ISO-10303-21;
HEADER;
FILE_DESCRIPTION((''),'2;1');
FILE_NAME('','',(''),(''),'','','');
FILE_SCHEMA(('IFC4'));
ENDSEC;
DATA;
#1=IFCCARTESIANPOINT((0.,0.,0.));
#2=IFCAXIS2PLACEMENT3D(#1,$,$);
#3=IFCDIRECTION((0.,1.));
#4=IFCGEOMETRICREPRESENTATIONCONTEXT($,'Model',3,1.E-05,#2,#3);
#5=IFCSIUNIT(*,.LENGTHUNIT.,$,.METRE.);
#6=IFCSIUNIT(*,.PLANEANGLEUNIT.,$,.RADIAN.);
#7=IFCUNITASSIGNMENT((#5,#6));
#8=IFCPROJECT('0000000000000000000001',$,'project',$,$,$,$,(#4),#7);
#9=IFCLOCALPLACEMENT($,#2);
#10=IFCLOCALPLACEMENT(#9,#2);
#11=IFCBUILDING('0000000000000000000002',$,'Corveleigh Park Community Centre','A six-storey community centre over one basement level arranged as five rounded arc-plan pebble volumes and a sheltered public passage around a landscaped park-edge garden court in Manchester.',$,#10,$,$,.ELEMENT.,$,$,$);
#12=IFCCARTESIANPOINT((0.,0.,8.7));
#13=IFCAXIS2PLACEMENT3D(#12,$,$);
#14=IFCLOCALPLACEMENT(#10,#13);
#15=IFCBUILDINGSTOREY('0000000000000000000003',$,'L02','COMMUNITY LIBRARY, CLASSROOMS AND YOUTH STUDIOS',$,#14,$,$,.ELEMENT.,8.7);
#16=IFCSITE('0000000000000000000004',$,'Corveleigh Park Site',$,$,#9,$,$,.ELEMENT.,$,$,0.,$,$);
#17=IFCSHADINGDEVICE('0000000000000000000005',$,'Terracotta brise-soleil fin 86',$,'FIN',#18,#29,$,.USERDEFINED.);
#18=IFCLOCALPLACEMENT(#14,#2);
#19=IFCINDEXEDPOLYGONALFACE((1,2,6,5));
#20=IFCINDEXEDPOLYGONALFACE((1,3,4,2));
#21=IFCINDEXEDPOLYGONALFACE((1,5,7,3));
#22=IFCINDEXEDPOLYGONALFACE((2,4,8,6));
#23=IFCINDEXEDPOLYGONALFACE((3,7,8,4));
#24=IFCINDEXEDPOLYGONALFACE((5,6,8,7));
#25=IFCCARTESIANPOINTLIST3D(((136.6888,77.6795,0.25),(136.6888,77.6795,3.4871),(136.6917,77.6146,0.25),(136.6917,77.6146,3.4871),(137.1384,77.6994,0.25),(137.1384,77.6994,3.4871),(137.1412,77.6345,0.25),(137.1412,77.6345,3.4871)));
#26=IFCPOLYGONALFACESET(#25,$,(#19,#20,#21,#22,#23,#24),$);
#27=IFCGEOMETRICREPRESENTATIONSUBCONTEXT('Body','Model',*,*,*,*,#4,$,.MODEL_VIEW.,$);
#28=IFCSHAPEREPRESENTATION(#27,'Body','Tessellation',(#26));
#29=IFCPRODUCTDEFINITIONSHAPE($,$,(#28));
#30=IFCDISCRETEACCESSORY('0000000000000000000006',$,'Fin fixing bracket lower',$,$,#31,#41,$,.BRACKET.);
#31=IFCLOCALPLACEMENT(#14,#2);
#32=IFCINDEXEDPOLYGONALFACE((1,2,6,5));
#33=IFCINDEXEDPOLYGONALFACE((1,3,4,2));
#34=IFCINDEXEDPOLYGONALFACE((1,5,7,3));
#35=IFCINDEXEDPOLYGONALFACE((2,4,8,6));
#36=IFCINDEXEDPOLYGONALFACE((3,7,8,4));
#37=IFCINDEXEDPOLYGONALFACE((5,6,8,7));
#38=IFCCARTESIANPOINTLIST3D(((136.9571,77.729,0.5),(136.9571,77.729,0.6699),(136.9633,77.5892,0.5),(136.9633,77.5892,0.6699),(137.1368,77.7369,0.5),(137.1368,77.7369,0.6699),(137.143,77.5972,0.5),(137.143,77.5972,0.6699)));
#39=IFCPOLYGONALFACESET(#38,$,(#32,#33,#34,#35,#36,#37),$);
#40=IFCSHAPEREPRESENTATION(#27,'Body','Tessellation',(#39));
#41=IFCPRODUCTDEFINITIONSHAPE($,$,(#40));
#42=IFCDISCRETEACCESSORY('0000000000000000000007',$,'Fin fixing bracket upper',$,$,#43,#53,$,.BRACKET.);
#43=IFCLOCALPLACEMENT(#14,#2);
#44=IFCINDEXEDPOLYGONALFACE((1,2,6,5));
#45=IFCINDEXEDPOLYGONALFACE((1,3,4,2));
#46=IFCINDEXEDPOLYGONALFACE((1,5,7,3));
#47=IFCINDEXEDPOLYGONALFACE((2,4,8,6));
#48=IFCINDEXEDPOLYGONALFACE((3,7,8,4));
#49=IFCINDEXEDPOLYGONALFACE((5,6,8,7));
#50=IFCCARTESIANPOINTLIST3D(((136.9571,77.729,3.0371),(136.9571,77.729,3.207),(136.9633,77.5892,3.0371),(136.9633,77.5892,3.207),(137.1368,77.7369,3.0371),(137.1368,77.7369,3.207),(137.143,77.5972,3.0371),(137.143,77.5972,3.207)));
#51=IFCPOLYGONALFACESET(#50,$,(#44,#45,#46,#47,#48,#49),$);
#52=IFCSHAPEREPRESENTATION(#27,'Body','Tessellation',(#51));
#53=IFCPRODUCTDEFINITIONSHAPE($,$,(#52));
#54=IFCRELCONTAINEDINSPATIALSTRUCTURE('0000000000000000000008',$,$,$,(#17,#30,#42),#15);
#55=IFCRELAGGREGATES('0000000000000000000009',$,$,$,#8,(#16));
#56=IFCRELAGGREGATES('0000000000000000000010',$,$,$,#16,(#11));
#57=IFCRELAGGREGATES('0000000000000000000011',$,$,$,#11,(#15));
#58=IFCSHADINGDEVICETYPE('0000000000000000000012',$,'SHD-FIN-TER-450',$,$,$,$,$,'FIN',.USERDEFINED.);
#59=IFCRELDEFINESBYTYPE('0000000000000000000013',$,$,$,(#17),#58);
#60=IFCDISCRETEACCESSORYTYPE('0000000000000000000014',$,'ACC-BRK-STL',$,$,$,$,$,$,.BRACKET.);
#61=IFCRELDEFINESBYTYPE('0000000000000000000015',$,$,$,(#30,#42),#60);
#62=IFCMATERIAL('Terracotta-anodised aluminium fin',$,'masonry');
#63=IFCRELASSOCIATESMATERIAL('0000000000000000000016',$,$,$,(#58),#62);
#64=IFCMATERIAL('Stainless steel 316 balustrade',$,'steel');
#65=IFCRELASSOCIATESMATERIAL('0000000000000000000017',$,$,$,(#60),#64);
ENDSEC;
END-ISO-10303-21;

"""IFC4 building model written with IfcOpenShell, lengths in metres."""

from ifc_helpers import new_model, si_unit, direction, frame, origin, origin_2d, place, context, subcontext, project, spatial, rectangle, extrude, material, type_object, element, save


model = new_model("IFC4")

# Units and contexts
model_context = context("Model", 3, precision=1e-05, world=origin(), true_north=direction((0.0, 1.0)))
body_context = subcontext(model_context, "Body", "Model", "MODEL_VIEW")
ifc_project = project(units=[si_unit("LENGTHUNIT", "METRE"), si_unit("PLANEANGLEUNIT", "RADIAN")], contexts=[model_context])

# Site, building, storey
site_placement = place(None, origin())
site = spatial("IfcSite", under=ifc_project, at=site_placement, Name="Corveleigh Park Site", CompositionType="ELEMENT", RefElevation=0.0)
building_placement = place(site_placement, origin())
building = spatial("IfcBuilding", under=site, at=building_placement, Name="Corveleigh Park Community Centre", Description="A six-storey community centre over one basement level arranged as five rounded arc-plan pebble volumes and a sheltered public passage around a landscaped park-edge garden court in Manchester.", CompositionType="ELEMENT")
storey_placement = place(building_placement, frame((0.0, 0.0, 8.7)))
storey = spatial("IfcBuildingStorey", under=building, at=storey_placement, Name="L02", Description="COMMUNITY LIBRARY, CLASSROOMS AND YOUTH STUDIOS", CompositionType="ELEMENT", Elevation=8.7)

# Shading device
ifc_material_1 = material(Name="Terracotta-anodised aluminium fin", Category="masonry")
shading_device_type = type_object("IfcShadingDeviceType", Name="SHD-FIN-TER-450", ElementType="FIN", PredefinedType="USERDEFINED", material=ifc_material_1)
shading_device_placement = place(storey_placement, frame((136.915, 77.657, 0.25), z_axis=(0.0, 0.0, 1.0), x_axis=(-0.999019, -0.044277, 0.0)))
element("IfcShadingDevice", 1, at=shading_device_placement, inside=storey, type_object=shading_device_type, Name="Terracotta brise-soleil fin 86", ObjectType="FIN", PredefinedType="USERDEFINED", context=body_context, shape_type="SweptSolid", body=[
    extrude(rectangle(XDim=0.45, YDim=0.0649, at=origin_2d()), origin(), (0.0, 0.0, 1.0), 3.2371),
])

# Discrete accessories
ifc_material_2 = material(Name="Stainless steel 316 balustrade", Category="steel")
discrete_accessory_type = type_object("IfcDiscreteAccessoryType", Name="ACC-BRK-STL", PredefinedType="BRACKET", material=ifc_material_2)
for number, where, z_axis, x_axis, name in (
    (2, (137.05, 77.6631, 0.5), (0.0, 0.0, 1.0), (-0.999019, -0.044277, 0.0), "Fin fixing bracket lower"),
    (3, (137.05, 77.6631, 3.0371), (0.0, 0.0, 1.0), (-0.999019, -0.044277, 0.0), "Fin fixing bracket upper"),
):
    element("IfcDiscreteAccessory", number, at=place(storey_placement, frame(where, z_axis=z_axis, x_axis=x_axis)), inside=storey, type_object=discrete_accessory_type, Name=name, PredefinedType="BRACKET", context=body_context, shape_type="SweptSolid", body=[
        extrude(rectangle(XDim=0.1799, YDim=0.1399, at=origin_2d()), origin(), (0.0, 0.0, 1.0), 0.1699),
    ])

save(model, "model.ifc")
